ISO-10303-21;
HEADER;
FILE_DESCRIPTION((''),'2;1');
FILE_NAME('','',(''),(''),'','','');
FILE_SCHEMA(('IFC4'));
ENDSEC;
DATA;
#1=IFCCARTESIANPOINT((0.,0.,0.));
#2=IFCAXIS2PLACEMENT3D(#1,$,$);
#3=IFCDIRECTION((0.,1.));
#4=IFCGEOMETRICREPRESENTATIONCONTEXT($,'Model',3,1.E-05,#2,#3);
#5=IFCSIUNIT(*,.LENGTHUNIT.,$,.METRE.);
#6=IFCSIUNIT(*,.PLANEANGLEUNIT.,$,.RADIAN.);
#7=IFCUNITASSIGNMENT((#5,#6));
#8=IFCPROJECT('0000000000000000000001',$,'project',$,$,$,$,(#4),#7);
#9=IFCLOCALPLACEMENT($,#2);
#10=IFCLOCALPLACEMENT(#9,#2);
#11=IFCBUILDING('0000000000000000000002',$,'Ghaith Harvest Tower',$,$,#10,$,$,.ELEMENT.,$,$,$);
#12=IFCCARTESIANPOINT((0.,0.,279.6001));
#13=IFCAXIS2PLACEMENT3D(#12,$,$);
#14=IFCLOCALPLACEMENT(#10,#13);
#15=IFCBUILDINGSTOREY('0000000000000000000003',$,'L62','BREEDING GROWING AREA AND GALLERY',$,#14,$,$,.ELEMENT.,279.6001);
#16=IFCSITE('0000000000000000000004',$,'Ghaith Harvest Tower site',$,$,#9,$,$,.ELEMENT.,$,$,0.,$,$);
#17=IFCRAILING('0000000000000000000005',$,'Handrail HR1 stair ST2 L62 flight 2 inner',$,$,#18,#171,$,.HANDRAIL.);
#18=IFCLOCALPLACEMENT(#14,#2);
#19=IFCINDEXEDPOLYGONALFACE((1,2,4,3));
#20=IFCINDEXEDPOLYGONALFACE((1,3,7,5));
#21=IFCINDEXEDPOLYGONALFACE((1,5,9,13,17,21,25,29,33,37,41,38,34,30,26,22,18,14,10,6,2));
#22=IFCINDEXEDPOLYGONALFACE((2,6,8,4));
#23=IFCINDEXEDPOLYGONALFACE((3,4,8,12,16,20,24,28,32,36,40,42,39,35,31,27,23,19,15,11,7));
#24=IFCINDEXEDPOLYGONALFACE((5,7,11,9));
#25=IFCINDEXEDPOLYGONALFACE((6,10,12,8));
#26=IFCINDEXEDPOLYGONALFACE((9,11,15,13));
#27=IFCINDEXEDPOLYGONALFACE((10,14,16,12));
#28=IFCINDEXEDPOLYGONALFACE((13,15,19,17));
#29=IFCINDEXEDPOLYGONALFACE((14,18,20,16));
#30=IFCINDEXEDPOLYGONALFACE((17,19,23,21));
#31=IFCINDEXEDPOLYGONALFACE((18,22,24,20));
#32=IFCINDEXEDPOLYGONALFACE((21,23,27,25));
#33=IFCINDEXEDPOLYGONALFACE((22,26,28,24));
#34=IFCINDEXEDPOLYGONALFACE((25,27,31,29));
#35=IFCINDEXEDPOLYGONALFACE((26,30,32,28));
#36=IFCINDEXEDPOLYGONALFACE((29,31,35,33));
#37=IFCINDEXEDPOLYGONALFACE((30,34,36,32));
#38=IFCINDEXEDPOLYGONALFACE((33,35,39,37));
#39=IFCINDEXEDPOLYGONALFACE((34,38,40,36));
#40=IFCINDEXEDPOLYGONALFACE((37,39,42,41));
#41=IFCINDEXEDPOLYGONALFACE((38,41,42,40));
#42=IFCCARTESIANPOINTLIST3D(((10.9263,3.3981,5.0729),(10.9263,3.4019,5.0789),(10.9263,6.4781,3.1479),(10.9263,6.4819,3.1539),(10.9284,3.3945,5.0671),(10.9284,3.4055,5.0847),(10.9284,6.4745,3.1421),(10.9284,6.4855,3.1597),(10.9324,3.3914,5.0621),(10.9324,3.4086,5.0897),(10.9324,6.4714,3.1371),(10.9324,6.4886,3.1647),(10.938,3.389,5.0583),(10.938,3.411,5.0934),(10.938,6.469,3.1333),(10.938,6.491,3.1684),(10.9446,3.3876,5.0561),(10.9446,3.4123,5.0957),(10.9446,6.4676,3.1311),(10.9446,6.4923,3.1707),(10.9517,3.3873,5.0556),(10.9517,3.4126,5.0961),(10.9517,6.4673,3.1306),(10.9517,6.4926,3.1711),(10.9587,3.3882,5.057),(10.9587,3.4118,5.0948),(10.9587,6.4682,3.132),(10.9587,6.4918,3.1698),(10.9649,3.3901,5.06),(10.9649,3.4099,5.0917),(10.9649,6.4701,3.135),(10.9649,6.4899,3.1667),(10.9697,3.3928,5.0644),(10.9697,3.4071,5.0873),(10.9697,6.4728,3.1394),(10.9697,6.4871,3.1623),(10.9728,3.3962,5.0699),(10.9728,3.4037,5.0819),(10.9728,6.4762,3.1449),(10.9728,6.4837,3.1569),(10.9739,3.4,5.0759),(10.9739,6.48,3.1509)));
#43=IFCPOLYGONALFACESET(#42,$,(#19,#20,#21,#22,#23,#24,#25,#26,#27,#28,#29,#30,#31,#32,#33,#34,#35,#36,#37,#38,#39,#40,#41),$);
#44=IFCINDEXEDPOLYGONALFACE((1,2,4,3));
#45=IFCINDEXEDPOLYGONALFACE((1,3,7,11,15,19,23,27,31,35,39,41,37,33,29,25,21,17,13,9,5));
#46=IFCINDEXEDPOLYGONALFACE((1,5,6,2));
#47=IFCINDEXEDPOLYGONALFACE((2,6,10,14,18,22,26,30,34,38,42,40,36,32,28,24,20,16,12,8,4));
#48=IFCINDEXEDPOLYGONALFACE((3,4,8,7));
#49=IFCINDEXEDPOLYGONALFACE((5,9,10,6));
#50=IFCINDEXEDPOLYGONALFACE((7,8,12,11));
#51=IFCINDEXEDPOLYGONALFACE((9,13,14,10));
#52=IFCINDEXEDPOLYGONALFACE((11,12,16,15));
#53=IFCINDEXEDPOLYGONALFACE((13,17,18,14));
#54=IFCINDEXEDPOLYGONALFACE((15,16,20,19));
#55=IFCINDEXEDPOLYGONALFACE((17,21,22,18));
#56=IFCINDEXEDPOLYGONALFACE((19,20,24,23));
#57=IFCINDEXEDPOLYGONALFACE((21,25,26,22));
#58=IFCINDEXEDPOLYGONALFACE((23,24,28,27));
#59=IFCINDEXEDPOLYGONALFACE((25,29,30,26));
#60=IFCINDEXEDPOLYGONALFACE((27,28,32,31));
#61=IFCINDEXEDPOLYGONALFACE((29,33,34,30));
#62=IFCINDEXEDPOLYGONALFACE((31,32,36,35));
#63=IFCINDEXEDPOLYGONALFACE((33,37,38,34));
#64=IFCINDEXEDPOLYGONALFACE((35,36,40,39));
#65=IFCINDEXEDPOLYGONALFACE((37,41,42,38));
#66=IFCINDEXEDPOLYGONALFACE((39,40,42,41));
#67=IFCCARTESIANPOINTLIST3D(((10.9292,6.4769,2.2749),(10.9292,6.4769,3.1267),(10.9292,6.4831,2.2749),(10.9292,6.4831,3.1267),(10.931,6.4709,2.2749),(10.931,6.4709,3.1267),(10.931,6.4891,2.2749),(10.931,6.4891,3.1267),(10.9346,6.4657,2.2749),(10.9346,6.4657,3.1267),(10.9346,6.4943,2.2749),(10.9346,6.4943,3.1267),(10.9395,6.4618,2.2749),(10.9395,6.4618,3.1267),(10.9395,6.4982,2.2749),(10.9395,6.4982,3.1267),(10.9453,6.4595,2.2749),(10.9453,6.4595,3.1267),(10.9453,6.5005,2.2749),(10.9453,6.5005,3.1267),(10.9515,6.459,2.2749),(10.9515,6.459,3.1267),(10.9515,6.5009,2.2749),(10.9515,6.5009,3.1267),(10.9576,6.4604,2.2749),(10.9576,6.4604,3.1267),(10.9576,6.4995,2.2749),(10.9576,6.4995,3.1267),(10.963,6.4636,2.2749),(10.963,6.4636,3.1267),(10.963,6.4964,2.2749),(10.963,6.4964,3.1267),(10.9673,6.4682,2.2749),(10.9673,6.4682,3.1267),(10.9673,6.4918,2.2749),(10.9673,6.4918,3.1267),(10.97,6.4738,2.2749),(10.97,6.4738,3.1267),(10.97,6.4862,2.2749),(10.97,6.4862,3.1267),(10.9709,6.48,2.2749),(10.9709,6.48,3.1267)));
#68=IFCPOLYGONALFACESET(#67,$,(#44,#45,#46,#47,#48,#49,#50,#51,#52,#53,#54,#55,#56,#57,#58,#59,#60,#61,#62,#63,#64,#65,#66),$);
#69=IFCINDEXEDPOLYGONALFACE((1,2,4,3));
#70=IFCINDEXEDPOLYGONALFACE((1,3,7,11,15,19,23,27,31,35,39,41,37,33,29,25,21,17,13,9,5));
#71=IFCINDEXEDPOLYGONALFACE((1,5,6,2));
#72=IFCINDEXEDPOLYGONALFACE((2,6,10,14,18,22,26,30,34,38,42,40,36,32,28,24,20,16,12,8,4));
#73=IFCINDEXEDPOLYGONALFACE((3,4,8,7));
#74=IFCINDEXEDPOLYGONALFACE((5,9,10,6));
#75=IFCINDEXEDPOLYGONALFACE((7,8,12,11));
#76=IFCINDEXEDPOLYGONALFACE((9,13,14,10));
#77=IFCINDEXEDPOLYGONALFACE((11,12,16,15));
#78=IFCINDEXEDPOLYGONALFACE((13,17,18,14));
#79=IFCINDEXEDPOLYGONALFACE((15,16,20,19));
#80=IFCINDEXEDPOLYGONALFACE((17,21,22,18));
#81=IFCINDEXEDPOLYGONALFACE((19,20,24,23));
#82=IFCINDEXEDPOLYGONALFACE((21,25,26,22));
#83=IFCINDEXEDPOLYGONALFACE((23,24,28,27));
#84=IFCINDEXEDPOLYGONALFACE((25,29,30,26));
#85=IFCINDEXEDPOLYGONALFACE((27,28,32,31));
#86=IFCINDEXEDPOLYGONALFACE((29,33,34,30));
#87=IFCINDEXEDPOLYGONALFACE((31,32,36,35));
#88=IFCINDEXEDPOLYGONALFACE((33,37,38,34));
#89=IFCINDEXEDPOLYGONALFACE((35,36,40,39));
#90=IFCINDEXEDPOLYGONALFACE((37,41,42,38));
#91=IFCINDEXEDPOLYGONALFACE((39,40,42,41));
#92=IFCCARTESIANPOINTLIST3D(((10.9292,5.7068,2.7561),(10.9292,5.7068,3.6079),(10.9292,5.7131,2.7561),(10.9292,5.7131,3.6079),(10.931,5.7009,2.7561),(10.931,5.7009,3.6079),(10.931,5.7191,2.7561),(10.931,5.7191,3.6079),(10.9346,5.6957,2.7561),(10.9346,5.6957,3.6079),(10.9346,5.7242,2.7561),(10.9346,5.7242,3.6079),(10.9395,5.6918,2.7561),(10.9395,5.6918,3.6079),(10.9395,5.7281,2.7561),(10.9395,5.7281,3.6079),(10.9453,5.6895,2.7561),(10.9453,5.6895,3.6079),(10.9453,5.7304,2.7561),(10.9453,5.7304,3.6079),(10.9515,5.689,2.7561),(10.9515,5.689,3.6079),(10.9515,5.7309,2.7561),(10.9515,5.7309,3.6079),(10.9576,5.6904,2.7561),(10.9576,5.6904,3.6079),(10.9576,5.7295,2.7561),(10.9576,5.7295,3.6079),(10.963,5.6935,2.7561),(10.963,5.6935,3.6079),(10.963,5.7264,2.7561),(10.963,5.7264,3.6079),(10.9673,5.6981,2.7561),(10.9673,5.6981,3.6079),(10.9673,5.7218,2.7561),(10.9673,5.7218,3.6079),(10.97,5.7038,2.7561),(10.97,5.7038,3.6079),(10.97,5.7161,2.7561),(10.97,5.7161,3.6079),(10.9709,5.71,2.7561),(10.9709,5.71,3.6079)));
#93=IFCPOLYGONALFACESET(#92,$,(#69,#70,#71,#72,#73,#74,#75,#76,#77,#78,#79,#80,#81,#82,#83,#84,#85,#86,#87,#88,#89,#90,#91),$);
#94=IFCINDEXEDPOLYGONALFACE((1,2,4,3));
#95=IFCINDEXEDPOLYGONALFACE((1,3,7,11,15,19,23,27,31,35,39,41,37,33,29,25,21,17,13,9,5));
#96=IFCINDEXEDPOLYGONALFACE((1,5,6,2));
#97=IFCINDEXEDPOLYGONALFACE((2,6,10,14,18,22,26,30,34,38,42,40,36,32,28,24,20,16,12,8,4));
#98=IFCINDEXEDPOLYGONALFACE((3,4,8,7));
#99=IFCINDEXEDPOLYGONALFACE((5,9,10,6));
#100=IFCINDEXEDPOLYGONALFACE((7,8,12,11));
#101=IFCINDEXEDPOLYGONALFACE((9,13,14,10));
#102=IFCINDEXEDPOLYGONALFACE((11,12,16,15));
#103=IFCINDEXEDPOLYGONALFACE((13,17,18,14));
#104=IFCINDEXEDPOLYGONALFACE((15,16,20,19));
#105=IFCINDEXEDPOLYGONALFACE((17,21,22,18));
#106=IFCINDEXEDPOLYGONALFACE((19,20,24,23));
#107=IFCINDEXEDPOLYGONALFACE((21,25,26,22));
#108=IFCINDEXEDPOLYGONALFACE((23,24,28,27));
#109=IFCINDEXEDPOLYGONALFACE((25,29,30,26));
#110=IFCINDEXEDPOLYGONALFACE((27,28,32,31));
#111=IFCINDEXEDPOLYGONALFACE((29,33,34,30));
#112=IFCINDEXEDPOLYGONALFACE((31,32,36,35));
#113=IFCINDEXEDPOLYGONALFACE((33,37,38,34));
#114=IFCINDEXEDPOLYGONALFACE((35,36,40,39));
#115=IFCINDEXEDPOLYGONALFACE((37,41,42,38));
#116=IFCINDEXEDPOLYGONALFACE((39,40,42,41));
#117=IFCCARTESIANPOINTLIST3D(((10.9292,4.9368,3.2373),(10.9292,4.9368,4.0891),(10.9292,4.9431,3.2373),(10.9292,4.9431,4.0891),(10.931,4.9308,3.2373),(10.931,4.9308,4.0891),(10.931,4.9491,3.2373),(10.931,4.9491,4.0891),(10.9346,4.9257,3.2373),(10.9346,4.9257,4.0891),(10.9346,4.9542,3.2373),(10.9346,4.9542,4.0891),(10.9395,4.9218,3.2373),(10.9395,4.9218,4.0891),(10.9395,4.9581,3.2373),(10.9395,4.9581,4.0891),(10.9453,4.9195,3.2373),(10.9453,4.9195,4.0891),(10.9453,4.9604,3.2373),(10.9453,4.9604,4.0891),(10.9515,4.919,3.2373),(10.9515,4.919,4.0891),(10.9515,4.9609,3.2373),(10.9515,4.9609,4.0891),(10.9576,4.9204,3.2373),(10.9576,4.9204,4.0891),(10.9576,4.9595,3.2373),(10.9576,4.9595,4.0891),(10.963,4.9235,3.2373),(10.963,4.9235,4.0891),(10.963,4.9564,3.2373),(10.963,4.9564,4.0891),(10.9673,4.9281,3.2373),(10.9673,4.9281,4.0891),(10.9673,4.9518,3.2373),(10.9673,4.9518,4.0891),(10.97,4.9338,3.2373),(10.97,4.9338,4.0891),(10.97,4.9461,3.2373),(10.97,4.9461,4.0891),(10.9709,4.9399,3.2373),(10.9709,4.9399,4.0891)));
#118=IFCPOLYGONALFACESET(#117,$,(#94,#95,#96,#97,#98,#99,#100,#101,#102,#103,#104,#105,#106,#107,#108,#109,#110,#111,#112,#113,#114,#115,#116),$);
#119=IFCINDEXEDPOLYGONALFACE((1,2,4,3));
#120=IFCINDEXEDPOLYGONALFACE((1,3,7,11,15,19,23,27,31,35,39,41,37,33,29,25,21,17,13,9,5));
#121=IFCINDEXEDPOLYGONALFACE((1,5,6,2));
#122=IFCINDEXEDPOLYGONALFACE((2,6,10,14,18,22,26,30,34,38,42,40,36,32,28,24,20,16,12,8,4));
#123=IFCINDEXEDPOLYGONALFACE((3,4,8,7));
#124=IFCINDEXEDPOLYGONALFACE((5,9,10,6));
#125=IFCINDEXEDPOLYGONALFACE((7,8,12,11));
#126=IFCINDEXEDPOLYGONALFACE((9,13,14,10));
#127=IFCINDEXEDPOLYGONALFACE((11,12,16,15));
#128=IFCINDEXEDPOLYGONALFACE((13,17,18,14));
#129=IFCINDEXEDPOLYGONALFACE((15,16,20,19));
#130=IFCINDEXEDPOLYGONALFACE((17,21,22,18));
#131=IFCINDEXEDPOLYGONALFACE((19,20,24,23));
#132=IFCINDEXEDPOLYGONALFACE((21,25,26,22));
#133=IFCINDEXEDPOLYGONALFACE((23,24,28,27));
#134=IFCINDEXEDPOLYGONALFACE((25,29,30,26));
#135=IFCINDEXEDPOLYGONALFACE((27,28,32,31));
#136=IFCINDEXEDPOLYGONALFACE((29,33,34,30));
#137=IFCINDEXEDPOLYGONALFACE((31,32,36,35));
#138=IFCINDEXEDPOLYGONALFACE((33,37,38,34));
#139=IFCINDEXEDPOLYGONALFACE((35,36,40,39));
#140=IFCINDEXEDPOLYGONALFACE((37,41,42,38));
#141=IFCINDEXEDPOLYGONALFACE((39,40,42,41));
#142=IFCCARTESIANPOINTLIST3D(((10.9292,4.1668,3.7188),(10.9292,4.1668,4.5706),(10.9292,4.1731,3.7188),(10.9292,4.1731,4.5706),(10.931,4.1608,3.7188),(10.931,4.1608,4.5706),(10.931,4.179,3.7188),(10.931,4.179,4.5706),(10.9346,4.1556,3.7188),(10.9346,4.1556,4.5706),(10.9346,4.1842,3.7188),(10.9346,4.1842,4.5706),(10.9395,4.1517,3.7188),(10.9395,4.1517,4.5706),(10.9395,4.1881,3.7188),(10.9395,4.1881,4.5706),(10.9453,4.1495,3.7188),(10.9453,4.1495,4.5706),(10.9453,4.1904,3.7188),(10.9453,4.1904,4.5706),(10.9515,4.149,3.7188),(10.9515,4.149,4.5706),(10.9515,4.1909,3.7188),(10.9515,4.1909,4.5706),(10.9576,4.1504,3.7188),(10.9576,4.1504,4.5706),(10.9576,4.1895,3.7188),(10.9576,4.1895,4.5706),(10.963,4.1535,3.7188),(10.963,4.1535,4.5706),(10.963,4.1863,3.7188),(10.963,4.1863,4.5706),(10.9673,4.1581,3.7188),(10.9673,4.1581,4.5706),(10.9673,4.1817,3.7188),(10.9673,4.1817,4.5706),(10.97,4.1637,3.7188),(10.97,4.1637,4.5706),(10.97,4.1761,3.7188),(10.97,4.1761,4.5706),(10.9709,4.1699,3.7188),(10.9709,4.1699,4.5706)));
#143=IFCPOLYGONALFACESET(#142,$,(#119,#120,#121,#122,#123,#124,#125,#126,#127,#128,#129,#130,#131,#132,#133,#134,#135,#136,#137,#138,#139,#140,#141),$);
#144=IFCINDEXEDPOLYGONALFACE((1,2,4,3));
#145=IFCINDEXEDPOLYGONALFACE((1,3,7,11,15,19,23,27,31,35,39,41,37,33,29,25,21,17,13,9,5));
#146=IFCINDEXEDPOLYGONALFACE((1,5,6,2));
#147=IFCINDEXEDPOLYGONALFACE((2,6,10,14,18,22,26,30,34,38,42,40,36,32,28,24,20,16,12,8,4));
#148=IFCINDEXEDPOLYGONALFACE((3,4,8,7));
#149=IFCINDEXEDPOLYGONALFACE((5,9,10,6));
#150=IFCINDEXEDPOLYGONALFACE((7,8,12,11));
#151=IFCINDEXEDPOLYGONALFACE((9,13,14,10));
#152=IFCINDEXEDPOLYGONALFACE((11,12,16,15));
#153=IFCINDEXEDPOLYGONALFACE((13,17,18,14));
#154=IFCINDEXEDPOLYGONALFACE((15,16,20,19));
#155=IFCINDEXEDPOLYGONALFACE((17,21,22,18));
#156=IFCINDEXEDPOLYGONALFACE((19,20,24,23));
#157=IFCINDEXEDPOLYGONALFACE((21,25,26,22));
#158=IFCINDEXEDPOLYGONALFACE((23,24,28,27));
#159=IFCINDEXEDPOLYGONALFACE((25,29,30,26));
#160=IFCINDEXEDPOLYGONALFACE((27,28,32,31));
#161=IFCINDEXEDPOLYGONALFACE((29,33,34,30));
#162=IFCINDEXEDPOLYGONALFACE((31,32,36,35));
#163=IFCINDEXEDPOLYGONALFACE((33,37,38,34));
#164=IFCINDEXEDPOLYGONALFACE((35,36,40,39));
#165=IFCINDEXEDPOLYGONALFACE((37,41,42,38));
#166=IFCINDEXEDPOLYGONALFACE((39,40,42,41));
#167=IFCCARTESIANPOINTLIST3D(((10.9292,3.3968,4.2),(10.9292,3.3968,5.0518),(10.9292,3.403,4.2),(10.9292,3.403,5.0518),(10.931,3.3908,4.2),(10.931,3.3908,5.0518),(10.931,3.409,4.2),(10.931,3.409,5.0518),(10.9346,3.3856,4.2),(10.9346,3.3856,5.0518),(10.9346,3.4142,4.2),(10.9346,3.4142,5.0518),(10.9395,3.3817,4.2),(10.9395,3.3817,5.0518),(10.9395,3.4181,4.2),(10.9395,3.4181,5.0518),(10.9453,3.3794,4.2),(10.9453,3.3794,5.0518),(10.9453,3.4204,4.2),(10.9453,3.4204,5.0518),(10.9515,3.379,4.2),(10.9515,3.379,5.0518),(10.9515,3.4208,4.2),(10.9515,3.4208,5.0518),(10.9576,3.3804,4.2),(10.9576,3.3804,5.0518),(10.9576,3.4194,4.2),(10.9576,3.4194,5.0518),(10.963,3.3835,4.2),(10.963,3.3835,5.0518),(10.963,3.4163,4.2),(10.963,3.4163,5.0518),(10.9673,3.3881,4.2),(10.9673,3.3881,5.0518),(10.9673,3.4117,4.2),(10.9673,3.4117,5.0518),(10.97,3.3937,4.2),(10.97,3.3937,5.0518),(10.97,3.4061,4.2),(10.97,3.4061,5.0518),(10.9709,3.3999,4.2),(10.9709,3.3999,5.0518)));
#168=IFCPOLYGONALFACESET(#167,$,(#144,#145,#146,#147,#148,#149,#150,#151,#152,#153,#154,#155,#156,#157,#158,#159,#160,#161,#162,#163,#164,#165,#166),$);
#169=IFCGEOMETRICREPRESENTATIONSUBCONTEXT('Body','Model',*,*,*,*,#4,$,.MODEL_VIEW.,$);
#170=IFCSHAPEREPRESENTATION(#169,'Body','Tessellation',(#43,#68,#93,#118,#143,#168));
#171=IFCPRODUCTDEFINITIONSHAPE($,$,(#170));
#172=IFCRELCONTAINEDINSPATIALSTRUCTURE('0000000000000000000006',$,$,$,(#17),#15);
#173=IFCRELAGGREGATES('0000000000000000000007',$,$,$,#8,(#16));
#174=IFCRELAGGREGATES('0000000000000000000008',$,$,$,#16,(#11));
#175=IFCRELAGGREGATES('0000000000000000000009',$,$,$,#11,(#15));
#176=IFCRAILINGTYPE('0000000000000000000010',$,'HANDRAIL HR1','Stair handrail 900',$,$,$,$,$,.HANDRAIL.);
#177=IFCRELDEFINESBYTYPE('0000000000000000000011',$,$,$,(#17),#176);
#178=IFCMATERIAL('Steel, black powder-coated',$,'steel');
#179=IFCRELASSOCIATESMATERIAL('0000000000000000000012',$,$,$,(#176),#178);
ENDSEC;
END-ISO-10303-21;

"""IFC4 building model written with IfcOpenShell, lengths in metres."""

from ifc_helpers import new_model, si_unit, direction, frame, origin, origin_2d, place, context, subcontext, project, spatial, circle, extrude, material, type_object, element, save


model = new_model("IFC4")

# Units and contexts
model_context = context("Model", 3, precision=1e-05, world=origin(), true_north=direction((0.0, 1.0)))
body_context = subcontext(model_context, "Body", "Model", "MODEL_VIEW")
ifc_project = project(units=[si_unit("LENGTHUNIT", "METRE"), si_unit("PLANEANGLEUNIT", "RADIAN")], contexts=[model_context])

# Site, building, storey
site_placement = place(None, origin())
site = spatial("IfcSite", under=ifc_project, at=site_placement, Name="Ghaith Harvest Tower site", CompositionType="ELEMENT", RefElevation=0.0)
building_placement = place(site_placement, origin())
building = spatial("IfcBuilding", under=site, at=building_placement, Name="Ghaith Harvest Tower", CompositionType="ELEMENT")
storey_placement = place(building_placement, frame((0.0, 0.0, 279.6001)))
storey = spatial("IfcBuildingStorey", under=building, at=storey_placement, Name="L62", Description="BREEDING GROWING AREA AND GALLERY", CompositionType="ELEMENT", Elevation=279.6001)

# Railing
ifc_material_1 = material(Name="Steel, black powder-coated", Category="steel")
railing_type = type_object("IfcRailingType", Name="HANDRAIL HR1", Description="Stair handrail 900", PredefinedType="HANDRAIL", material=ifc_material_1)
railing_1_placement = place(storey_placement, frame((10.95, 6.48, 2.2749)))
element("IfcRailing", 1, at=railing_1_placement, inside=storey, type_object=railing_type, Name="Handrail HR1 stair ST2 L62 flight 2 inner", PredefinedType="HANDRAIL", context=body_context, shape_type="SweptSolid", body=[
    extrude(circle(Radius=0.0239, at=origin_2d()), frame((0.0, 0.0, 0.876), z_axis=(0.0, -0.847998, 0.529999), x_axis=(1.0, 0.0, 0.0)), (0.0, 0.0, 1.0), 3.6321),
    extrude(circle(Radius=0.021, at=origin_2d()), origin(), (0.0, 0.0, 1.0), 0.8518),
    extrude(circle(Radius=0.021, at=origin_2d()), frame((0.0, -0.77, 0.4812)), (0.0, 0.0, 1.0), 0.8518),
    extrude(circle(Radius=0.021, at=origin_2d()), frame((0.0, -1.54, 0.9624)), (0.0, 0.0, 1.0), 0.8518),
    extrude(circle(Radius=0.021, at=origin_2d()), frame((0.0, -2.3101, 1.4438)), (0.0, 0.0, 1.0), 0.8518),
    extrude(circle(Radius=0.021, at=origin_2d()), frame((0.0, -3.0801, 1.925)), (0.0, 0.0, 1.0), 0.8518),
])

save(model, "model.ifc")
